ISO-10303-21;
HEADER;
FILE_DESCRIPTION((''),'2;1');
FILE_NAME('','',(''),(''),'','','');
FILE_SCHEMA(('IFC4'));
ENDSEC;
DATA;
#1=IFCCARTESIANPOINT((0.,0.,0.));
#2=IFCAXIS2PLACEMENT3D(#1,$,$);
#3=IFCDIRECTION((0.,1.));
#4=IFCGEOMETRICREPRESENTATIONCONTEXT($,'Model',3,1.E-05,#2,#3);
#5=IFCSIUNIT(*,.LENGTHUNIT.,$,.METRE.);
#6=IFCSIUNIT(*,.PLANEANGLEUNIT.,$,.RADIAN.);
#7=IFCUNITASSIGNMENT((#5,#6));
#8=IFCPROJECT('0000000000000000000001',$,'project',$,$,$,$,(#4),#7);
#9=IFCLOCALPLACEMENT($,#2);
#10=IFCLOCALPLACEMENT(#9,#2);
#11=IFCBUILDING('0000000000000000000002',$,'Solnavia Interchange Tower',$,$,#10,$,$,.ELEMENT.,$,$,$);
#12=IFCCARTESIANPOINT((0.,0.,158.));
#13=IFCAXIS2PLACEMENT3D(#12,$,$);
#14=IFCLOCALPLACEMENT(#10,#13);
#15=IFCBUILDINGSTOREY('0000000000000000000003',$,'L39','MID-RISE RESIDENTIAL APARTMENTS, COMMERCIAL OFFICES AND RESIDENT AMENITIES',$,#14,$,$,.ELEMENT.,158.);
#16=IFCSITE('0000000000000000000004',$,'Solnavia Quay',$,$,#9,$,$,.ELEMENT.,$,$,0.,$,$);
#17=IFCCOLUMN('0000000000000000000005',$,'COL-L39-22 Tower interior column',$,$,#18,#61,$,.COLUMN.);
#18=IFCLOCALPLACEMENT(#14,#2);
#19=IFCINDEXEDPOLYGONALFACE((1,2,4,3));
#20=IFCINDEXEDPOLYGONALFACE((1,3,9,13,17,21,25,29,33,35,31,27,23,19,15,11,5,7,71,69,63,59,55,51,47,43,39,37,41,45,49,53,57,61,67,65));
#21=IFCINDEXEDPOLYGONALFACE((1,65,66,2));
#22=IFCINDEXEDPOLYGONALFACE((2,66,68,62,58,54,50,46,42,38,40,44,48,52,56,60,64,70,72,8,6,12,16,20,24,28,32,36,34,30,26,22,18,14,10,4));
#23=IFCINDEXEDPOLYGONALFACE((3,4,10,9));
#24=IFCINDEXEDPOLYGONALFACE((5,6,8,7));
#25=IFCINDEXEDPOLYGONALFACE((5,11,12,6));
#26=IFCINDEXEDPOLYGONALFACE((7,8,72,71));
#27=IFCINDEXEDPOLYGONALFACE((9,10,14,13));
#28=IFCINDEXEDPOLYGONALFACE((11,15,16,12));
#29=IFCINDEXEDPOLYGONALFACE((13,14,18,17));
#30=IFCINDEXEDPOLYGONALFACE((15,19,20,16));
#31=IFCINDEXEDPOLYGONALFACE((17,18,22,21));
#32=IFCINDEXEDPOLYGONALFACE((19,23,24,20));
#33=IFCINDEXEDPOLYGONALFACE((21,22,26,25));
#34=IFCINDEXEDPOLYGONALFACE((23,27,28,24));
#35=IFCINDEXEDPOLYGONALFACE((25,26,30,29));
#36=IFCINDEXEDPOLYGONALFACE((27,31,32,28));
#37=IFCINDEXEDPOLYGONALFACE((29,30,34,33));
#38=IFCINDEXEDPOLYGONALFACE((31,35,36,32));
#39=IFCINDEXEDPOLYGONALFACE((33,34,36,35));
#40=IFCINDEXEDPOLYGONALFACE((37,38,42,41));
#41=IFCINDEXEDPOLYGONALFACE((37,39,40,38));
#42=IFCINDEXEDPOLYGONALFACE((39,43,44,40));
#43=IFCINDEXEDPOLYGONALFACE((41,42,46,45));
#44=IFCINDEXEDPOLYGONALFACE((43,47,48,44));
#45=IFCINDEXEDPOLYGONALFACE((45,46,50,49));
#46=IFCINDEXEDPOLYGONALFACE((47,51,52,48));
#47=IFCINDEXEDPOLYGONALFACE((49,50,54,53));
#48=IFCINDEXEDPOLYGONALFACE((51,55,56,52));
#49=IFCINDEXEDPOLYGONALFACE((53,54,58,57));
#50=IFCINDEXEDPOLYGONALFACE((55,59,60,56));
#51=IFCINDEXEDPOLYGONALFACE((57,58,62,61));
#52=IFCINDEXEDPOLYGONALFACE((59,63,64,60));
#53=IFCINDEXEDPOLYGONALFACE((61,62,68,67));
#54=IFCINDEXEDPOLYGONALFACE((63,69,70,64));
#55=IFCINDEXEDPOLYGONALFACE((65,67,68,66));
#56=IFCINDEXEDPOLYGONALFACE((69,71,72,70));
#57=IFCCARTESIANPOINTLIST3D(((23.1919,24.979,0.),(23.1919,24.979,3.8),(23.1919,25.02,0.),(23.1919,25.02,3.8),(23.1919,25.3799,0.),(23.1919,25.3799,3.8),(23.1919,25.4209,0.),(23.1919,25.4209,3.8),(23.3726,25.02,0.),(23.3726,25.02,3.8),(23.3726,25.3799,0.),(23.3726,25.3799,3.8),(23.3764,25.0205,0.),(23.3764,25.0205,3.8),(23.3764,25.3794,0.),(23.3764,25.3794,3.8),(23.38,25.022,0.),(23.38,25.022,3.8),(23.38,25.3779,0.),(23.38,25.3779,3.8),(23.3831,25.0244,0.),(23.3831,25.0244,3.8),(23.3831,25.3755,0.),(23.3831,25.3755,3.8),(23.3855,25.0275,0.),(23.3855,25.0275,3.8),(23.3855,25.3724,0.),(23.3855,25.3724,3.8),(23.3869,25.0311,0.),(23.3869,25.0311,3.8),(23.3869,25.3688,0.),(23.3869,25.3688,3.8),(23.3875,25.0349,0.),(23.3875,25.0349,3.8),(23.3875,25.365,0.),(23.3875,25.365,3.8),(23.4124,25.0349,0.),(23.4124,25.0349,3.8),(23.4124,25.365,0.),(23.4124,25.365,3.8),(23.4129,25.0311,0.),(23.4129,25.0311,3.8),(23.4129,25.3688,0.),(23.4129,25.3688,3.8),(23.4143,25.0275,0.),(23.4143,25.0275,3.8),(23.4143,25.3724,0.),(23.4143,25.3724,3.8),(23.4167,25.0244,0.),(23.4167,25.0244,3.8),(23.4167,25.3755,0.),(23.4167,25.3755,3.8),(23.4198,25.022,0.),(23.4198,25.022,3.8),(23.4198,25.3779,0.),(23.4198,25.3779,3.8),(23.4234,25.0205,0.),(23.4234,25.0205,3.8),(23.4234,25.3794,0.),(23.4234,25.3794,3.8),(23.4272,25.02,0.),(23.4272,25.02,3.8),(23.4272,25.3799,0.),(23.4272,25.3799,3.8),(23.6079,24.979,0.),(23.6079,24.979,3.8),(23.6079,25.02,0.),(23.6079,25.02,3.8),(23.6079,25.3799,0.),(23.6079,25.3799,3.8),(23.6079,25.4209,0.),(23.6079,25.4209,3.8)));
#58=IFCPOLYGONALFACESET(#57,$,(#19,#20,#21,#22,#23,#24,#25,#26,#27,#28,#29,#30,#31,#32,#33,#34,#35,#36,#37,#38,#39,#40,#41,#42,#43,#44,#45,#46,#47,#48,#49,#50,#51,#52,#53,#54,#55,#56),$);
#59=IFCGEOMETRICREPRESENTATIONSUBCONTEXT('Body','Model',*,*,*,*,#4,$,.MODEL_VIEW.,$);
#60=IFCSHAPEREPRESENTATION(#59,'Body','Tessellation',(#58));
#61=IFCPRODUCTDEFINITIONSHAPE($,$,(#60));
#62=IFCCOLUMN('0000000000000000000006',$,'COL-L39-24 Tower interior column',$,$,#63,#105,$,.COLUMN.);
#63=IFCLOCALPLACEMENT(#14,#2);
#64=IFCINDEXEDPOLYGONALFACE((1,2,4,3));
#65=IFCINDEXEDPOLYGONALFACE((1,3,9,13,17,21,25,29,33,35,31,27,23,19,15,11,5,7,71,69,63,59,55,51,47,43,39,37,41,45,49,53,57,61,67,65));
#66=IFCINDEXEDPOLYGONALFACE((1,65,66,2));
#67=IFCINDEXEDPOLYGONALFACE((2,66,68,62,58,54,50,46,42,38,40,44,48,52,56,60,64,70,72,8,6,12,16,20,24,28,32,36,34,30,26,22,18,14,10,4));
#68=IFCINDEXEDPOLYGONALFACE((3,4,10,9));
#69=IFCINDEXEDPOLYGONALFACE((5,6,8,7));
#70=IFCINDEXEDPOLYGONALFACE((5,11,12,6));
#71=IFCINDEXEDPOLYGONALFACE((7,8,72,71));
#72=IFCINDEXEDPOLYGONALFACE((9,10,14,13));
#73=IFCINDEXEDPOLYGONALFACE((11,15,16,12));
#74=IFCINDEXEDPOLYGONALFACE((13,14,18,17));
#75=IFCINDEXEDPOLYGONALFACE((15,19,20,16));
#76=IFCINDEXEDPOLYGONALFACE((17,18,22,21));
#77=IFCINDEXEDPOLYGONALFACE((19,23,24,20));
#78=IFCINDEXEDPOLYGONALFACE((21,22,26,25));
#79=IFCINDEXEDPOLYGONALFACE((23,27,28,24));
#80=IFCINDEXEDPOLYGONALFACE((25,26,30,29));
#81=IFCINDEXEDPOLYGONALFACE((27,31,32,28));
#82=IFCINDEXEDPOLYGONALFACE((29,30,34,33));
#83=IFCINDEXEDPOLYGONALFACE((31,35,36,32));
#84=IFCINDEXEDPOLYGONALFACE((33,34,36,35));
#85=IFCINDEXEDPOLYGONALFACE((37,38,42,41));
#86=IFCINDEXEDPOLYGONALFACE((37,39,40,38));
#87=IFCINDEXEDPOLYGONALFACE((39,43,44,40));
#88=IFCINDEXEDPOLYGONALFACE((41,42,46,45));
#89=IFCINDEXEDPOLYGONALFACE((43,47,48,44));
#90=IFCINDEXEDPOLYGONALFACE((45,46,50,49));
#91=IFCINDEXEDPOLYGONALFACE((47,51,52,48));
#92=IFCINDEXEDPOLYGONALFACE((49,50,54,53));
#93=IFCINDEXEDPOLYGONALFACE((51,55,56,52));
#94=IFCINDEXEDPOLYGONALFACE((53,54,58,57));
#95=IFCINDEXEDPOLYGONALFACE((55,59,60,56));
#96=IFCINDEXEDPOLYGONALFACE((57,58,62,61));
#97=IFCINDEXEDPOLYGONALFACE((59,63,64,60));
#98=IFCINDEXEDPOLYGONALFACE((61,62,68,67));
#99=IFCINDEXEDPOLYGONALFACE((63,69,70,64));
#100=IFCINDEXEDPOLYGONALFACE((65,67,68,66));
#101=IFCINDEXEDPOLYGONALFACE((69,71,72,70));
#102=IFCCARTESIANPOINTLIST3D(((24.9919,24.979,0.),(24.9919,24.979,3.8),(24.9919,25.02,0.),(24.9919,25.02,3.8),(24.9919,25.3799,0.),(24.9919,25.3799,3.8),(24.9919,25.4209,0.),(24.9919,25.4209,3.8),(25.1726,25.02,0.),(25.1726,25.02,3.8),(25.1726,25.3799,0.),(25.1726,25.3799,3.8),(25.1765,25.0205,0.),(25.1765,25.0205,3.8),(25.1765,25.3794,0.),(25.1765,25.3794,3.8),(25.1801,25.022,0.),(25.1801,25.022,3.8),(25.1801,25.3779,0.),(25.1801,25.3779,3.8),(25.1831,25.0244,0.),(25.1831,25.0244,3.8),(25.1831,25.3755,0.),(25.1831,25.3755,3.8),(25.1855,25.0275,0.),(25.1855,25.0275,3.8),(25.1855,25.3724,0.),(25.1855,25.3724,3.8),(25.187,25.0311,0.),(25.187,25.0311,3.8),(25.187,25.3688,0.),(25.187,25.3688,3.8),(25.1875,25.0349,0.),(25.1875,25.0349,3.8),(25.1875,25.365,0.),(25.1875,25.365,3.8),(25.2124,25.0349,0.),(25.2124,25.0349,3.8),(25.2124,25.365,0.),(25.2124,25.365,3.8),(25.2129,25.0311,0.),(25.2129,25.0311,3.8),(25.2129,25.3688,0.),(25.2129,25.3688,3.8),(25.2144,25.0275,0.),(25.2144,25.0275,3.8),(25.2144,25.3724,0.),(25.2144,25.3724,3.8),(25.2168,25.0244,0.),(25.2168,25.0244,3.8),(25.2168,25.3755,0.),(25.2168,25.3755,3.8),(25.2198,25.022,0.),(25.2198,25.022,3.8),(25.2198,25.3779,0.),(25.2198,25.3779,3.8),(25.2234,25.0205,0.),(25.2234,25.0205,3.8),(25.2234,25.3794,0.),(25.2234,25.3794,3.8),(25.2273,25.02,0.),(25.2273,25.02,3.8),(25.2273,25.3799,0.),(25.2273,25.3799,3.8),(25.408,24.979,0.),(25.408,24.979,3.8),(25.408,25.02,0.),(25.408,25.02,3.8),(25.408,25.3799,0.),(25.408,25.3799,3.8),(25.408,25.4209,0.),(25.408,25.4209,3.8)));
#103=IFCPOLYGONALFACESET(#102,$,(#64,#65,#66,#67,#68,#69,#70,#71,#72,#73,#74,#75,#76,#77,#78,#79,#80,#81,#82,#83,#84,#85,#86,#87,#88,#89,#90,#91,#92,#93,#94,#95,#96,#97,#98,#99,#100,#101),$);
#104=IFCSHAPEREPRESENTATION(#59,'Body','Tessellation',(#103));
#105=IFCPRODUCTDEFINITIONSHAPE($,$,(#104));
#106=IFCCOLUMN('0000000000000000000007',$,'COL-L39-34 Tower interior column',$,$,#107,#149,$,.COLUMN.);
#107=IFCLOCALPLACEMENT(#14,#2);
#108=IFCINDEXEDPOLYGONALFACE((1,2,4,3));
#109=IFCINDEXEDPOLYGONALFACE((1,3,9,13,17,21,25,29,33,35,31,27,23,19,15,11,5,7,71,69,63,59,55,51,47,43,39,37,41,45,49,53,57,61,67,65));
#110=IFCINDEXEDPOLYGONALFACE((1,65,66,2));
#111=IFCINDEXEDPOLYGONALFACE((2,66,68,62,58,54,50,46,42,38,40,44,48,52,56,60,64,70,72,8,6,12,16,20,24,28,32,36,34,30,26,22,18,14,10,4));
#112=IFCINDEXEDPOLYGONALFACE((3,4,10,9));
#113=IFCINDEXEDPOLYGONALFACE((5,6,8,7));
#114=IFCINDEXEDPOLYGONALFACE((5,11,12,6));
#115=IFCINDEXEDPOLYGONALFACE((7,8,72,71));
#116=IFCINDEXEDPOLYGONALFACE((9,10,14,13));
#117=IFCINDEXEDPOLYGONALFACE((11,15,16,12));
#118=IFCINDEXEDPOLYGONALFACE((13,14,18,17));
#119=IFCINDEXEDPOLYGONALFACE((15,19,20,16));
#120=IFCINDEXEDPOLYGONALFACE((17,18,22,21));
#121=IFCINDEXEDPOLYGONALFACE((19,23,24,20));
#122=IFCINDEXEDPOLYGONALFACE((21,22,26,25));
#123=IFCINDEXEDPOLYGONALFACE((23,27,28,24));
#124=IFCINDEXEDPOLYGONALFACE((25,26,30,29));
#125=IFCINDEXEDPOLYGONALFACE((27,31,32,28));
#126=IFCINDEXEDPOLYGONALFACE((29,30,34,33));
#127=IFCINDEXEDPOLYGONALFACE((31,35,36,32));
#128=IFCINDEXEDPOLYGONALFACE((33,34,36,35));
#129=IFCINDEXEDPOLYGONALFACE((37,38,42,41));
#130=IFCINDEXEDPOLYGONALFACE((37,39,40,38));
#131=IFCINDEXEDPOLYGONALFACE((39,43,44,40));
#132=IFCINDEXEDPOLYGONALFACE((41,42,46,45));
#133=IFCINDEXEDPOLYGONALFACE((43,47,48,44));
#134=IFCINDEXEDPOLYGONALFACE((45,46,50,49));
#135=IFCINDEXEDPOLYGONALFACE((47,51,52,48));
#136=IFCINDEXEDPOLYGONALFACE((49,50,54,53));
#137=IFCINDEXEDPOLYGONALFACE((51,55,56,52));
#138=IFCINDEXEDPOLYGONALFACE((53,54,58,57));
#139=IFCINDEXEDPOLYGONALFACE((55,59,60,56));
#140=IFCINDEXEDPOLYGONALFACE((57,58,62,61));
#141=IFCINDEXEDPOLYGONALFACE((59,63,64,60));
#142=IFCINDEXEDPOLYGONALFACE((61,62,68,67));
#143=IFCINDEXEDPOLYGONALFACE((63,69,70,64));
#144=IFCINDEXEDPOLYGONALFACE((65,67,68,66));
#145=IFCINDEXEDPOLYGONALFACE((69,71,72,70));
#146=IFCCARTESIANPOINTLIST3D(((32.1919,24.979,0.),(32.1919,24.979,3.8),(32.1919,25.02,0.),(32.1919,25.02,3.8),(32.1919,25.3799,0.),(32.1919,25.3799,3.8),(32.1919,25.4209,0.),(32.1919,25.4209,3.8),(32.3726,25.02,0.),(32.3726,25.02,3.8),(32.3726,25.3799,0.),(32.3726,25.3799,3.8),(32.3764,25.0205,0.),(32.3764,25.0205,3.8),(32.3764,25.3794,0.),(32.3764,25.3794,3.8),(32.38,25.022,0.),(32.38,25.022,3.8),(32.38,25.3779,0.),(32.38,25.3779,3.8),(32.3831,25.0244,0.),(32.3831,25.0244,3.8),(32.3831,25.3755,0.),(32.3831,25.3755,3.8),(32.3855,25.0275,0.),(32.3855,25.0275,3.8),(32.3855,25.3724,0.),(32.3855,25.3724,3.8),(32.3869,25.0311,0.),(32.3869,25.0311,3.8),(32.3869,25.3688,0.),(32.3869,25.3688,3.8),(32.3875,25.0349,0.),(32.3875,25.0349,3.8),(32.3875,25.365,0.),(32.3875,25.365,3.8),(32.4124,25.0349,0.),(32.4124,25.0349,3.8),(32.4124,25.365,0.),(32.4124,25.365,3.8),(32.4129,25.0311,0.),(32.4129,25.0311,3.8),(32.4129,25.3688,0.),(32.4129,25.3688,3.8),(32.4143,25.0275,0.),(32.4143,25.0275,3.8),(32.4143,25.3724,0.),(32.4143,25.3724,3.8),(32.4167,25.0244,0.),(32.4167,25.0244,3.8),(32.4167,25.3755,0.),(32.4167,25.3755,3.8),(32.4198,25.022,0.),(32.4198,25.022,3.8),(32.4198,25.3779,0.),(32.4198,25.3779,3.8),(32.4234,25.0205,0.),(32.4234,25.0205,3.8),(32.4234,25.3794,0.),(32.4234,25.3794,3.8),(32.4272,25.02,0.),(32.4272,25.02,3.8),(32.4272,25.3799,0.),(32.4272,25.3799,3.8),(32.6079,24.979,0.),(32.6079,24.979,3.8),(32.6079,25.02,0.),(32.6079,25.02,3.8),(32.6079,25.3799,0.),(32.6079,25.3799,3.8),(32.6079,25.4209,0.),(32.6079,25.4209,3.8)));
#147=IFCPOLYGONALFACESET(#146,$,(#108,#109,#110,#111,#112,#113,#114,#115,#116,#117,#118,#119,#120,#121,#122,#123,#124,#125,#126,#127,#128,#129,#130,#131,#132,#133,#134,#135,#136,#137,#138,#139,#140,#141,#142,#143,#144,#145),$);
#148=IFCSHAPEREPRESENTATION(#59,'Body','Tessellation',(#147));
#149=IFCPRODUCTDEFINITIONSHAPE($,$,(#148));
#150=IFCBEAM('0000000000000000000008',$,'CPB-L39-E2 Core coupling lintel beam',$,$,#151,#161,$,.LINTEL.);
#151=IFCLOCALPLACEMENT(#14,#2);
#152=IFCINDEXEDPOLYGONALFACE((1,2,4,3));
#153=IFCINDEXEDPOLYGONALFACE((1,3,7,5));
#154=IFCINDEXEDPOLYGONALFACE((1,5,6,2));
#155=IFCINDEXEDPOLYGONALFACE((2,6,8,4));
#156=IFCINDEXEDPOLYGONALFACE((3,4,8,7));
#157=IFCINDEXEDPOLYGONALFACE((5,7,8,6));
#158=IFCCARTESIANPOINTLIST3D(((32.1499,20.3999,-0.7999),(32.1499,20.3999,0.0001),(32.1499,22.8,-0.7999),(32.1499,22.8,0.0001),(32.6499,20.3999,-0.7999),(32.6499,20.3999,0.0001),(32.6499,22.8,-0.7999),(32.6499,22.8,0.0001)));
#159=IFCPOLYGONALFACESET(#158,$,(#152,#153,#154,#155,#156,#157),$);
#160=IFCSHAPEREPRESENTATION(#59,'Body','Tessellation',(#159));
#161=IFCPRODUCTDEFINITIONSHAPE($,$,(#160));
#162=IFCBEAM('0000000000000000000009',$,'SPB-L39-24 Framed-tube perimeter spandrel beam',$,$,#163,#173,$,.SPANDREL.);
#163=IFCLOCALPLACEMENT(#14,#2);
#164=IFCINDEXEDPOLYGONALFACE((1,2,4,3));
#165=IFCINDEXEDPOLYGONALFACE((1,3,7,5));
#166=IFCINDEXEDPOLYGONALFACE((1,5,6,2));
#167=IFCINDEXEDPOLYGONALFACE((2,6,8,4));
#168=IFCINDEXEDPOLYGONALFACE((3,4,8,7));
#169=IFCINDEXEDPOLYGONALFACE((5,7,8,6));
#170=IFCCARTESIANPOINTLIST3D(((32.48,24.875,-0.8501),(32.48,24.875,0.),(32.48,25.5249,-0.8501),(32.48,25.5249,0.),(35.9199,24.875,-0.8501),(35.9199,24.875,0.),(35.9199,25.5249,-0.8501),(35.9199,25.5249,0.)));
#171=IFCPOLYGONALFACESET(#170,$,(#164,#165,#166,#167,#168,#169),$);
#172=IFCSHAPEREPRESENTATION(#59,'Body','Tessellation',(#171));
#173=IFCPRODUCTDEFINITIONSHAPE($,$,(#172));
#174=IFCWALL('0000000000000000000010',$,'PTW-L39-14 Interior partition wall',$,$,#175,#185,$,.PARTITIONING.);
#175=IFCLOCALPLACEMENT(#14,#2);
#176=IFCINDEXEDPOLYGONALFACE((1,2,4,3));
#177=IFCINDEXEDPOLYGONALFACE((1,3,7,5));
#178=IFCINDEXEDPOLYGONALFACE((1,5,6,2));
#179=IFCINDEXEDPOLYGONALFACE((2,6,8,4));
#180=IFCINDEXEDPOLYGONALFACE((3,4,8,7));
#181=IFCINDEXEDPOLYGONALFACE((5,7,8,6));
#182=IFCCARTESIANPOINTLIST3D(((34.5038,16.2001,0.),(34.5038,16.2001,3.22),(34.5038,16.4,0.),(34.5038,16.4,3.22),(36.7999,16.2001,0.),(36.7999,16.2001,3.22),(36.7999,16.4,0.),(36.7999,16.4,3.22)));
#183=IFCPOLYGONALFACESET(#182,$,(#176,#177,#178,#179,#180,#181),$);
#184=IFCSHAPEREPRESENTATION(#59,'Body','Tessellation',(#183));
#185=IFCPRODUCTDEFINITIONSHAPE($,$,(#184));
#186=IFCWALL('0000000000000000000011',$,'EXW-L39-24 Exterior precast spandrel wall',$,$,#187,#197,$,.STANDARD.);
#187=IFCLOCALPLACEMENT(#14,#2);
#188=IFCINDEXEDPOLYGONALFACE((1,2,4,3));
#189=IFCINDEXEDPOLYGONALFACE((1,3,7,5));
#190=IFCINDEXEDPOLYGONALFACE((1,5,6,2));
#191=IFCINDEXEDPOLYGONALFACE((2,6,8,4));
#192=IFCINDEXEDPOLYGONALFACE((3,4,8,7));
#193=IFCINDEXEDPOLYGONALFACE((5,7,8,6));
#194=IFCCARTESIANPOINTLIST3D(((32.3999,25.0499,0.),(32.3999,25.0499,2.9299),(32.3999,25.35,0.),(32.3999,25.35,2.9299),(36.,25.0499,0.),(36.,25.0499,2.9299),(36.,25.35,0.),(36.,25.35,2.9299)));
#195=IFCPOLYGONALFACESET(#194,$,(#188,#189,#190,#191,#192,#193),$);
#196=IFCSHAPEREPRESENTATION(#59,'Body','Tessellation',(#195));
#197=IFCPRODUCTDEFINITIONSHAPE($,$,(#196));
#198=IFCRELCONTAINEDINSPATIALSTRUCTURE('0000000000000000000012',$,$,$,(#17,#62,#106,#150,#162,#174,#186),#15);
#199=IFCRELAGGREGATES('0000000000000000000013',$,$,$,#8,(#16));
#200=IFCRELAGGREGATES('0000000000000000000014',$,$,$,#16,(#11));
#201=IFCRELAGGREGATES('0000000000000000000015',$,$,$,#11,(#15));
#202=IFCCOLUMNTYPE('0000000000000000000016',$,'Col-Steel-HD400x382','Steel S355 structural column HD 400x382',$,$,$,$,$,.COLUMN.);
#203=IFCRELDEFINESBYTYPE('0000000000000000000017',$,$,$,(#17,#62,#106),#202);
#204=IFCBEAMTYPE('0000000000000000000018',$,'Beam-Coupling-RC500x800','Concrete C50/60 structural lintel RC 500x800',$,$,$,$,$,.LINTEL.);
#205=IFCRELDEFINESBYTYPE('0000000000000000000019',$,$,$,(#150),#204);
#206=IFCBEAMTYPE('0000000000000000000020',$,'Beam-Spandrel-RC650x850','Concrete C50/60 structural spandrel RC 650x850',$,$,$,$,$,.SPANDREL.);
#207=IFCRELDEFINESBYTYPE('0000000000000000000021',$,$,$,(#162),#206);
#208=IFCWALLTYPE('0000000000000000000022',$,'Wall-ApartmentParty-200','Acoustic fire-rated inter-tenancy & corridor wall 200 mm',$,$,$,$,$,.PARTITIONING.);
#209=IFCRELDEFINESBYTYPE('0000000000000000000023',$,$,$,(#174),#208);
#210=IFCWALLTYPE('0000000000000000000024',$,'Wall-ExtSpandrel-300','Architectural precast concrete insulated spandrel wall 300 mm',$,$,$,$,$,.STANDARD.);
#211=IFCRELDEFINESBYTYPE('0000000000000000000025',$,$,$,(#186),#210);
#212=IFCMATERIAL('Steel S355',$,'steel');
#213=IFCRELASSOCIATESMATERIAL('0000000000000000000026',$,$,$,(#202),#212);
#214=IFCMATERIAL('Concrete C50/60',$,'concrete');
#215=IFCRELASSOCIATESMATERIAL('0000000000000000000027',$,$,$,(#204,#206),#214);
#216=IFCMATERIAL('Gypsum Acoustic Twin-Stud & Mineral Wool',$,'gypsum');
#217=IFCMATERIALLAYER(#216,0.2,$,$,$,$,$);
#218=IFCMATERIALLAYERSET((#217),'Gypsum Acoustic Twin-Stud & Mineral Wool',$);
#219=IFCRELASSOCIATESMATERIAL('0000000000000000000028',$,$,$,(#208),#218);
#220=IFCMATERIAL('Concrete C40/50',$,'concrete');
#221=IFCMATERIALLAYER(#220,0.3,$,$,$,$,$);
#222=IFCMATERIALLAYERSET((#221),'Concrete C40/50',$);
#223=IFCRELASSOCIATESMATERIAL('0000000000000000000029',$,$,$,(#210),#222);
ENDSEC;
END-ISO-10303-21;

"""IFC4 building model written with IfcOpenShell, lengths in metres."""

from ifc_helpers import new_model, si_unit, direction, frame, frame_2d, origin, origin_2d, place, context, subcontext, project, spatial, rectangle, i_section, extrude, material, layer, layer_set, material_profile, profile_set, type_object, element, save


model = new_model("IFC4")

# Units and contexts
model_context = context("Model", 3, precision=1e-05, world=origin(), true_north=direction((0.0, 1.0)))
body_context = subcontext(model_context, "Body", "Model", "MODEL_VIEW")
ifc_project = project(units=[si_unit("LENGTHUNIT", "METRE"), si_unit("PLANEANGLEUNIT", "RADIAN")], contexts=[model_context])

# Site, building, storey
site_placement = place(None, origin())
site = spatial("IfcSite", under=ifc_project, at=site_placement, Name="Solnavia Quay", CompositionType="ELEMENT", RefElevation=0.0)
building_placement = place(site_placement, origin())
building = spatial("IfcBuilding", under=site, at=building_placement, Name="Solnavia Interchange Tower", CompositionType="ELEMENT")
storey_placement = place(building_placement, frame((0.0, 0.0, 158.0)))
storey = spatial("IfcBuildingStorey", under=building, at=storey_placement, Name="L39", Description="MID-RISE RESIDENTIAL APARTMENTS, COMMERCIAL OFFICES AND RESIDENT AMENITIES", CompositionType="ELEMENT", Elevation=158.0)

# Columns
ifc_material_1 = material(Name="Steel S355", Category="steel")
ifc_material_profile_1 = material_profile(ifc_material_1, i_section(OverallWidth=0.416, OverallDepth=0.4419, WebThickness=0.0249, FlangeThickness=0.041, FilletRadius=0.0149, at=origin_2d()), Name="HD 400x382")
ifc_profile_set_1 = profile_set([ifc_material_profile_1], Name="Steel S355")
column_type = type_object("IfcColumnType", Name="Col-Steel-HD400x382", Description="Steel S355 structural column HD 400x382", PredefinedType="COLUMN", material=ifc_profile_set_1)
for number, where, z_axis, x_axis, name in (
    (1, (23.3999, 25.2, 0.0), (0.0, 0.0, 1.0), (1.0, 0.0, 0.0), "COL-L39-22 Tower interior column"),
    (2, (25.2, 25.2, 0.0), (0.0, 0.0, 1.0), (1.0, 0.0, 0.0), "COL-L39-24 Tower interior column"),
    (3, (32.3999, 25.2, 0.0), (0.0, 0.0, 1.0), (1.0, 0.0, 0.0), "COL-L39-34 Tower interior column"),
):
    element("IfcColumn", number, at=place(storey_placement, frame(where, z_axis=z_axis, x_axis=x_axis)), inside=storey, type_object=column_type, Name=name, PredefinedType="COLUMN", context=body_context, shape_type="SweptSolid", body=[
        extrude(i_section(OverallWidth=0.416, OverallDepth=0.4419, WebThickness=0.0249, FlangeThickness=0.041, FilletRadius=0.0149, at=origin_2d()), origin(), (0.0, 0.0, 1.0), 3.8),
    ])

# Beams
ifc_material_2 = material(Name="Concrete C50/60", Category="concrete")
ifc_material_profile_2 = material_profile(ifc_material_2, rectangle(XDim=0.5, YDim=0.8, at=origin_2d()), Name="RC 500x800")
ifc_profile_set_2 = profile_set([ifc_material_profile_2], Name="Concrete C50/60")
beam_type_1 = type_object("IfcBeamType", Name="Beam-Coupling-RC500x800", Description="Concrete C50/60 structural lintel RC 500x800", PredefinedType="LINTEL", material=ifc_profile_set_2)
beam_1_placement = place(storey_placement, frame((32.3999, 20.3999, -0.3999), z_axis=(0.0, 1.0, 0.0), x_axis=(-1.0, 0.0, 0.0)))
element("IfcBeam", 4, at=beam_1_placement, inside=storey, type_object=beam_type_1, Name="CPB-L39-E2 Core coupling lintel beam", PredefinedType="LINTEL", context=body_context, shape_type="SweptSolid", body=[
    extrude(rectangle(XDim=0.5, YDim=0.8, at=origin_2d()), origin(), (0.0, 0.0, 1.0), 2.4001),
])
ifc_material_profile_3 = material_profile(ifc_material_2, rectangle(XDim=0.6499, YDim=0.8501, at=origin_2d()), Name="RC 650x850")
ifc_profile_set_3 = profile_set([ifc_material_profile_3], Name="Concrete C50/60")
beam_type_2 = type_object("IfcBeamType", Name="Beam-Spandrel-RC650x850", Description="Concrete C50/60 structural spandrel RC 650x850", PredefinedType="SPANDREL", material=ifc_profile_set_3)
beam_2_placement = place(storey_placement, frame((35.9199, 25.2, -0.425), z_axis=(-1.0, 0.0, 0.0), x_axis=(0.0, -1.0, 0.0)))
element("IfcBeam", 5, at=beam_2_placement, inside=storey, type_object=beam_type_2, Name="SPB-L39-24 Framed-tube perimeter spandrel beam", PredefinedType="SPANDREL", context=body_context, shape_type="SweptSolid", body=[
    extrude(rectangle(XDim=0.6499, YDim=0.8501, at=origin_2d()), origin(), (0.0, 0.0, 1.0), 3.4399),
])

# Walls
ifc_material_3 = material(Name="Gypsum Acoustic Twin-Stud & Mineral Wool", Category="gypsum")
ifc_layer_1 = layer(ifc_material_3, 0.2)
ifc_layer_set_1 = layer_set([ifc_layer_1], Name="Gypsum Acoustic Twin-Stud & Mineral Wool")
wall_type_1 = type_object("IfcWallType", Name="Wall-ApartmentParty-200", Description="Acoustic fire-rated inter-tenancy & corridor wall 200 mm", PredefinedType="PARTITIONING", material=ifc_layer_set_1)
wall_1_placement = place(storey_placement, frame((34.5039, 16.3, 0.0), z_axis=(0.0, 0.0, 1.0), x_axis=(1.0, 0.0, 0.0)))
element("IfcWall", 6, at=wall_1_placement, inside=storey, type_object=wall_type_1, Name="PTW-L39-14 Interior partition wall", PredefinedType="PARTITIONING", context=body_context, shape_type="SweptSolid", body=[
    extrude(rectangle(XDim=2.2961, YDim=0.2, at=frame_2d((1.1479, 0.0))), origin(), (0.0, 0.0, 1.0), 3.22),
])
ifc_material_4 = material(Name="Concrete C40/50", Category="concrete")
ifc_layer_2 = layer(ifc_material_4, 0.3)
ifc_layer_set_2 = layer_set([ifc_layer_2], Name="Concrete C40/50")
wall_type_2 = type_object("IfcWallType", Name="Wall-ExtSpandrel-300", Description="Architectural precast concrete insulated spandrel wall 300 mm", PredefinedType="STANDARD", material=ifc_layer_set_2)
wall_2_placement = place(storey_placement, frame((32.3999, 25.2, 0.0), z_axis=(0.0, 0.0, 1.0), x_axis=(1.0, 0.0, 0.0)))
element("IfcWall", 7, at=wall_2_placement, inside=storey, type_object=wall_type_2, Name="EXW-L39-24 Exterior precast spandrel wall", PredefinedType="STANDARD", context=body_context, shape_type="SweptSolid", body=[
    extrude(rectangle(XDim=3.6001, YDim=0.3, at=frame_2d((1.8, 0.0))), origin(), (0.0, 0.0, 1.0), 2.9299),
])

save(model, "model.ifc")
